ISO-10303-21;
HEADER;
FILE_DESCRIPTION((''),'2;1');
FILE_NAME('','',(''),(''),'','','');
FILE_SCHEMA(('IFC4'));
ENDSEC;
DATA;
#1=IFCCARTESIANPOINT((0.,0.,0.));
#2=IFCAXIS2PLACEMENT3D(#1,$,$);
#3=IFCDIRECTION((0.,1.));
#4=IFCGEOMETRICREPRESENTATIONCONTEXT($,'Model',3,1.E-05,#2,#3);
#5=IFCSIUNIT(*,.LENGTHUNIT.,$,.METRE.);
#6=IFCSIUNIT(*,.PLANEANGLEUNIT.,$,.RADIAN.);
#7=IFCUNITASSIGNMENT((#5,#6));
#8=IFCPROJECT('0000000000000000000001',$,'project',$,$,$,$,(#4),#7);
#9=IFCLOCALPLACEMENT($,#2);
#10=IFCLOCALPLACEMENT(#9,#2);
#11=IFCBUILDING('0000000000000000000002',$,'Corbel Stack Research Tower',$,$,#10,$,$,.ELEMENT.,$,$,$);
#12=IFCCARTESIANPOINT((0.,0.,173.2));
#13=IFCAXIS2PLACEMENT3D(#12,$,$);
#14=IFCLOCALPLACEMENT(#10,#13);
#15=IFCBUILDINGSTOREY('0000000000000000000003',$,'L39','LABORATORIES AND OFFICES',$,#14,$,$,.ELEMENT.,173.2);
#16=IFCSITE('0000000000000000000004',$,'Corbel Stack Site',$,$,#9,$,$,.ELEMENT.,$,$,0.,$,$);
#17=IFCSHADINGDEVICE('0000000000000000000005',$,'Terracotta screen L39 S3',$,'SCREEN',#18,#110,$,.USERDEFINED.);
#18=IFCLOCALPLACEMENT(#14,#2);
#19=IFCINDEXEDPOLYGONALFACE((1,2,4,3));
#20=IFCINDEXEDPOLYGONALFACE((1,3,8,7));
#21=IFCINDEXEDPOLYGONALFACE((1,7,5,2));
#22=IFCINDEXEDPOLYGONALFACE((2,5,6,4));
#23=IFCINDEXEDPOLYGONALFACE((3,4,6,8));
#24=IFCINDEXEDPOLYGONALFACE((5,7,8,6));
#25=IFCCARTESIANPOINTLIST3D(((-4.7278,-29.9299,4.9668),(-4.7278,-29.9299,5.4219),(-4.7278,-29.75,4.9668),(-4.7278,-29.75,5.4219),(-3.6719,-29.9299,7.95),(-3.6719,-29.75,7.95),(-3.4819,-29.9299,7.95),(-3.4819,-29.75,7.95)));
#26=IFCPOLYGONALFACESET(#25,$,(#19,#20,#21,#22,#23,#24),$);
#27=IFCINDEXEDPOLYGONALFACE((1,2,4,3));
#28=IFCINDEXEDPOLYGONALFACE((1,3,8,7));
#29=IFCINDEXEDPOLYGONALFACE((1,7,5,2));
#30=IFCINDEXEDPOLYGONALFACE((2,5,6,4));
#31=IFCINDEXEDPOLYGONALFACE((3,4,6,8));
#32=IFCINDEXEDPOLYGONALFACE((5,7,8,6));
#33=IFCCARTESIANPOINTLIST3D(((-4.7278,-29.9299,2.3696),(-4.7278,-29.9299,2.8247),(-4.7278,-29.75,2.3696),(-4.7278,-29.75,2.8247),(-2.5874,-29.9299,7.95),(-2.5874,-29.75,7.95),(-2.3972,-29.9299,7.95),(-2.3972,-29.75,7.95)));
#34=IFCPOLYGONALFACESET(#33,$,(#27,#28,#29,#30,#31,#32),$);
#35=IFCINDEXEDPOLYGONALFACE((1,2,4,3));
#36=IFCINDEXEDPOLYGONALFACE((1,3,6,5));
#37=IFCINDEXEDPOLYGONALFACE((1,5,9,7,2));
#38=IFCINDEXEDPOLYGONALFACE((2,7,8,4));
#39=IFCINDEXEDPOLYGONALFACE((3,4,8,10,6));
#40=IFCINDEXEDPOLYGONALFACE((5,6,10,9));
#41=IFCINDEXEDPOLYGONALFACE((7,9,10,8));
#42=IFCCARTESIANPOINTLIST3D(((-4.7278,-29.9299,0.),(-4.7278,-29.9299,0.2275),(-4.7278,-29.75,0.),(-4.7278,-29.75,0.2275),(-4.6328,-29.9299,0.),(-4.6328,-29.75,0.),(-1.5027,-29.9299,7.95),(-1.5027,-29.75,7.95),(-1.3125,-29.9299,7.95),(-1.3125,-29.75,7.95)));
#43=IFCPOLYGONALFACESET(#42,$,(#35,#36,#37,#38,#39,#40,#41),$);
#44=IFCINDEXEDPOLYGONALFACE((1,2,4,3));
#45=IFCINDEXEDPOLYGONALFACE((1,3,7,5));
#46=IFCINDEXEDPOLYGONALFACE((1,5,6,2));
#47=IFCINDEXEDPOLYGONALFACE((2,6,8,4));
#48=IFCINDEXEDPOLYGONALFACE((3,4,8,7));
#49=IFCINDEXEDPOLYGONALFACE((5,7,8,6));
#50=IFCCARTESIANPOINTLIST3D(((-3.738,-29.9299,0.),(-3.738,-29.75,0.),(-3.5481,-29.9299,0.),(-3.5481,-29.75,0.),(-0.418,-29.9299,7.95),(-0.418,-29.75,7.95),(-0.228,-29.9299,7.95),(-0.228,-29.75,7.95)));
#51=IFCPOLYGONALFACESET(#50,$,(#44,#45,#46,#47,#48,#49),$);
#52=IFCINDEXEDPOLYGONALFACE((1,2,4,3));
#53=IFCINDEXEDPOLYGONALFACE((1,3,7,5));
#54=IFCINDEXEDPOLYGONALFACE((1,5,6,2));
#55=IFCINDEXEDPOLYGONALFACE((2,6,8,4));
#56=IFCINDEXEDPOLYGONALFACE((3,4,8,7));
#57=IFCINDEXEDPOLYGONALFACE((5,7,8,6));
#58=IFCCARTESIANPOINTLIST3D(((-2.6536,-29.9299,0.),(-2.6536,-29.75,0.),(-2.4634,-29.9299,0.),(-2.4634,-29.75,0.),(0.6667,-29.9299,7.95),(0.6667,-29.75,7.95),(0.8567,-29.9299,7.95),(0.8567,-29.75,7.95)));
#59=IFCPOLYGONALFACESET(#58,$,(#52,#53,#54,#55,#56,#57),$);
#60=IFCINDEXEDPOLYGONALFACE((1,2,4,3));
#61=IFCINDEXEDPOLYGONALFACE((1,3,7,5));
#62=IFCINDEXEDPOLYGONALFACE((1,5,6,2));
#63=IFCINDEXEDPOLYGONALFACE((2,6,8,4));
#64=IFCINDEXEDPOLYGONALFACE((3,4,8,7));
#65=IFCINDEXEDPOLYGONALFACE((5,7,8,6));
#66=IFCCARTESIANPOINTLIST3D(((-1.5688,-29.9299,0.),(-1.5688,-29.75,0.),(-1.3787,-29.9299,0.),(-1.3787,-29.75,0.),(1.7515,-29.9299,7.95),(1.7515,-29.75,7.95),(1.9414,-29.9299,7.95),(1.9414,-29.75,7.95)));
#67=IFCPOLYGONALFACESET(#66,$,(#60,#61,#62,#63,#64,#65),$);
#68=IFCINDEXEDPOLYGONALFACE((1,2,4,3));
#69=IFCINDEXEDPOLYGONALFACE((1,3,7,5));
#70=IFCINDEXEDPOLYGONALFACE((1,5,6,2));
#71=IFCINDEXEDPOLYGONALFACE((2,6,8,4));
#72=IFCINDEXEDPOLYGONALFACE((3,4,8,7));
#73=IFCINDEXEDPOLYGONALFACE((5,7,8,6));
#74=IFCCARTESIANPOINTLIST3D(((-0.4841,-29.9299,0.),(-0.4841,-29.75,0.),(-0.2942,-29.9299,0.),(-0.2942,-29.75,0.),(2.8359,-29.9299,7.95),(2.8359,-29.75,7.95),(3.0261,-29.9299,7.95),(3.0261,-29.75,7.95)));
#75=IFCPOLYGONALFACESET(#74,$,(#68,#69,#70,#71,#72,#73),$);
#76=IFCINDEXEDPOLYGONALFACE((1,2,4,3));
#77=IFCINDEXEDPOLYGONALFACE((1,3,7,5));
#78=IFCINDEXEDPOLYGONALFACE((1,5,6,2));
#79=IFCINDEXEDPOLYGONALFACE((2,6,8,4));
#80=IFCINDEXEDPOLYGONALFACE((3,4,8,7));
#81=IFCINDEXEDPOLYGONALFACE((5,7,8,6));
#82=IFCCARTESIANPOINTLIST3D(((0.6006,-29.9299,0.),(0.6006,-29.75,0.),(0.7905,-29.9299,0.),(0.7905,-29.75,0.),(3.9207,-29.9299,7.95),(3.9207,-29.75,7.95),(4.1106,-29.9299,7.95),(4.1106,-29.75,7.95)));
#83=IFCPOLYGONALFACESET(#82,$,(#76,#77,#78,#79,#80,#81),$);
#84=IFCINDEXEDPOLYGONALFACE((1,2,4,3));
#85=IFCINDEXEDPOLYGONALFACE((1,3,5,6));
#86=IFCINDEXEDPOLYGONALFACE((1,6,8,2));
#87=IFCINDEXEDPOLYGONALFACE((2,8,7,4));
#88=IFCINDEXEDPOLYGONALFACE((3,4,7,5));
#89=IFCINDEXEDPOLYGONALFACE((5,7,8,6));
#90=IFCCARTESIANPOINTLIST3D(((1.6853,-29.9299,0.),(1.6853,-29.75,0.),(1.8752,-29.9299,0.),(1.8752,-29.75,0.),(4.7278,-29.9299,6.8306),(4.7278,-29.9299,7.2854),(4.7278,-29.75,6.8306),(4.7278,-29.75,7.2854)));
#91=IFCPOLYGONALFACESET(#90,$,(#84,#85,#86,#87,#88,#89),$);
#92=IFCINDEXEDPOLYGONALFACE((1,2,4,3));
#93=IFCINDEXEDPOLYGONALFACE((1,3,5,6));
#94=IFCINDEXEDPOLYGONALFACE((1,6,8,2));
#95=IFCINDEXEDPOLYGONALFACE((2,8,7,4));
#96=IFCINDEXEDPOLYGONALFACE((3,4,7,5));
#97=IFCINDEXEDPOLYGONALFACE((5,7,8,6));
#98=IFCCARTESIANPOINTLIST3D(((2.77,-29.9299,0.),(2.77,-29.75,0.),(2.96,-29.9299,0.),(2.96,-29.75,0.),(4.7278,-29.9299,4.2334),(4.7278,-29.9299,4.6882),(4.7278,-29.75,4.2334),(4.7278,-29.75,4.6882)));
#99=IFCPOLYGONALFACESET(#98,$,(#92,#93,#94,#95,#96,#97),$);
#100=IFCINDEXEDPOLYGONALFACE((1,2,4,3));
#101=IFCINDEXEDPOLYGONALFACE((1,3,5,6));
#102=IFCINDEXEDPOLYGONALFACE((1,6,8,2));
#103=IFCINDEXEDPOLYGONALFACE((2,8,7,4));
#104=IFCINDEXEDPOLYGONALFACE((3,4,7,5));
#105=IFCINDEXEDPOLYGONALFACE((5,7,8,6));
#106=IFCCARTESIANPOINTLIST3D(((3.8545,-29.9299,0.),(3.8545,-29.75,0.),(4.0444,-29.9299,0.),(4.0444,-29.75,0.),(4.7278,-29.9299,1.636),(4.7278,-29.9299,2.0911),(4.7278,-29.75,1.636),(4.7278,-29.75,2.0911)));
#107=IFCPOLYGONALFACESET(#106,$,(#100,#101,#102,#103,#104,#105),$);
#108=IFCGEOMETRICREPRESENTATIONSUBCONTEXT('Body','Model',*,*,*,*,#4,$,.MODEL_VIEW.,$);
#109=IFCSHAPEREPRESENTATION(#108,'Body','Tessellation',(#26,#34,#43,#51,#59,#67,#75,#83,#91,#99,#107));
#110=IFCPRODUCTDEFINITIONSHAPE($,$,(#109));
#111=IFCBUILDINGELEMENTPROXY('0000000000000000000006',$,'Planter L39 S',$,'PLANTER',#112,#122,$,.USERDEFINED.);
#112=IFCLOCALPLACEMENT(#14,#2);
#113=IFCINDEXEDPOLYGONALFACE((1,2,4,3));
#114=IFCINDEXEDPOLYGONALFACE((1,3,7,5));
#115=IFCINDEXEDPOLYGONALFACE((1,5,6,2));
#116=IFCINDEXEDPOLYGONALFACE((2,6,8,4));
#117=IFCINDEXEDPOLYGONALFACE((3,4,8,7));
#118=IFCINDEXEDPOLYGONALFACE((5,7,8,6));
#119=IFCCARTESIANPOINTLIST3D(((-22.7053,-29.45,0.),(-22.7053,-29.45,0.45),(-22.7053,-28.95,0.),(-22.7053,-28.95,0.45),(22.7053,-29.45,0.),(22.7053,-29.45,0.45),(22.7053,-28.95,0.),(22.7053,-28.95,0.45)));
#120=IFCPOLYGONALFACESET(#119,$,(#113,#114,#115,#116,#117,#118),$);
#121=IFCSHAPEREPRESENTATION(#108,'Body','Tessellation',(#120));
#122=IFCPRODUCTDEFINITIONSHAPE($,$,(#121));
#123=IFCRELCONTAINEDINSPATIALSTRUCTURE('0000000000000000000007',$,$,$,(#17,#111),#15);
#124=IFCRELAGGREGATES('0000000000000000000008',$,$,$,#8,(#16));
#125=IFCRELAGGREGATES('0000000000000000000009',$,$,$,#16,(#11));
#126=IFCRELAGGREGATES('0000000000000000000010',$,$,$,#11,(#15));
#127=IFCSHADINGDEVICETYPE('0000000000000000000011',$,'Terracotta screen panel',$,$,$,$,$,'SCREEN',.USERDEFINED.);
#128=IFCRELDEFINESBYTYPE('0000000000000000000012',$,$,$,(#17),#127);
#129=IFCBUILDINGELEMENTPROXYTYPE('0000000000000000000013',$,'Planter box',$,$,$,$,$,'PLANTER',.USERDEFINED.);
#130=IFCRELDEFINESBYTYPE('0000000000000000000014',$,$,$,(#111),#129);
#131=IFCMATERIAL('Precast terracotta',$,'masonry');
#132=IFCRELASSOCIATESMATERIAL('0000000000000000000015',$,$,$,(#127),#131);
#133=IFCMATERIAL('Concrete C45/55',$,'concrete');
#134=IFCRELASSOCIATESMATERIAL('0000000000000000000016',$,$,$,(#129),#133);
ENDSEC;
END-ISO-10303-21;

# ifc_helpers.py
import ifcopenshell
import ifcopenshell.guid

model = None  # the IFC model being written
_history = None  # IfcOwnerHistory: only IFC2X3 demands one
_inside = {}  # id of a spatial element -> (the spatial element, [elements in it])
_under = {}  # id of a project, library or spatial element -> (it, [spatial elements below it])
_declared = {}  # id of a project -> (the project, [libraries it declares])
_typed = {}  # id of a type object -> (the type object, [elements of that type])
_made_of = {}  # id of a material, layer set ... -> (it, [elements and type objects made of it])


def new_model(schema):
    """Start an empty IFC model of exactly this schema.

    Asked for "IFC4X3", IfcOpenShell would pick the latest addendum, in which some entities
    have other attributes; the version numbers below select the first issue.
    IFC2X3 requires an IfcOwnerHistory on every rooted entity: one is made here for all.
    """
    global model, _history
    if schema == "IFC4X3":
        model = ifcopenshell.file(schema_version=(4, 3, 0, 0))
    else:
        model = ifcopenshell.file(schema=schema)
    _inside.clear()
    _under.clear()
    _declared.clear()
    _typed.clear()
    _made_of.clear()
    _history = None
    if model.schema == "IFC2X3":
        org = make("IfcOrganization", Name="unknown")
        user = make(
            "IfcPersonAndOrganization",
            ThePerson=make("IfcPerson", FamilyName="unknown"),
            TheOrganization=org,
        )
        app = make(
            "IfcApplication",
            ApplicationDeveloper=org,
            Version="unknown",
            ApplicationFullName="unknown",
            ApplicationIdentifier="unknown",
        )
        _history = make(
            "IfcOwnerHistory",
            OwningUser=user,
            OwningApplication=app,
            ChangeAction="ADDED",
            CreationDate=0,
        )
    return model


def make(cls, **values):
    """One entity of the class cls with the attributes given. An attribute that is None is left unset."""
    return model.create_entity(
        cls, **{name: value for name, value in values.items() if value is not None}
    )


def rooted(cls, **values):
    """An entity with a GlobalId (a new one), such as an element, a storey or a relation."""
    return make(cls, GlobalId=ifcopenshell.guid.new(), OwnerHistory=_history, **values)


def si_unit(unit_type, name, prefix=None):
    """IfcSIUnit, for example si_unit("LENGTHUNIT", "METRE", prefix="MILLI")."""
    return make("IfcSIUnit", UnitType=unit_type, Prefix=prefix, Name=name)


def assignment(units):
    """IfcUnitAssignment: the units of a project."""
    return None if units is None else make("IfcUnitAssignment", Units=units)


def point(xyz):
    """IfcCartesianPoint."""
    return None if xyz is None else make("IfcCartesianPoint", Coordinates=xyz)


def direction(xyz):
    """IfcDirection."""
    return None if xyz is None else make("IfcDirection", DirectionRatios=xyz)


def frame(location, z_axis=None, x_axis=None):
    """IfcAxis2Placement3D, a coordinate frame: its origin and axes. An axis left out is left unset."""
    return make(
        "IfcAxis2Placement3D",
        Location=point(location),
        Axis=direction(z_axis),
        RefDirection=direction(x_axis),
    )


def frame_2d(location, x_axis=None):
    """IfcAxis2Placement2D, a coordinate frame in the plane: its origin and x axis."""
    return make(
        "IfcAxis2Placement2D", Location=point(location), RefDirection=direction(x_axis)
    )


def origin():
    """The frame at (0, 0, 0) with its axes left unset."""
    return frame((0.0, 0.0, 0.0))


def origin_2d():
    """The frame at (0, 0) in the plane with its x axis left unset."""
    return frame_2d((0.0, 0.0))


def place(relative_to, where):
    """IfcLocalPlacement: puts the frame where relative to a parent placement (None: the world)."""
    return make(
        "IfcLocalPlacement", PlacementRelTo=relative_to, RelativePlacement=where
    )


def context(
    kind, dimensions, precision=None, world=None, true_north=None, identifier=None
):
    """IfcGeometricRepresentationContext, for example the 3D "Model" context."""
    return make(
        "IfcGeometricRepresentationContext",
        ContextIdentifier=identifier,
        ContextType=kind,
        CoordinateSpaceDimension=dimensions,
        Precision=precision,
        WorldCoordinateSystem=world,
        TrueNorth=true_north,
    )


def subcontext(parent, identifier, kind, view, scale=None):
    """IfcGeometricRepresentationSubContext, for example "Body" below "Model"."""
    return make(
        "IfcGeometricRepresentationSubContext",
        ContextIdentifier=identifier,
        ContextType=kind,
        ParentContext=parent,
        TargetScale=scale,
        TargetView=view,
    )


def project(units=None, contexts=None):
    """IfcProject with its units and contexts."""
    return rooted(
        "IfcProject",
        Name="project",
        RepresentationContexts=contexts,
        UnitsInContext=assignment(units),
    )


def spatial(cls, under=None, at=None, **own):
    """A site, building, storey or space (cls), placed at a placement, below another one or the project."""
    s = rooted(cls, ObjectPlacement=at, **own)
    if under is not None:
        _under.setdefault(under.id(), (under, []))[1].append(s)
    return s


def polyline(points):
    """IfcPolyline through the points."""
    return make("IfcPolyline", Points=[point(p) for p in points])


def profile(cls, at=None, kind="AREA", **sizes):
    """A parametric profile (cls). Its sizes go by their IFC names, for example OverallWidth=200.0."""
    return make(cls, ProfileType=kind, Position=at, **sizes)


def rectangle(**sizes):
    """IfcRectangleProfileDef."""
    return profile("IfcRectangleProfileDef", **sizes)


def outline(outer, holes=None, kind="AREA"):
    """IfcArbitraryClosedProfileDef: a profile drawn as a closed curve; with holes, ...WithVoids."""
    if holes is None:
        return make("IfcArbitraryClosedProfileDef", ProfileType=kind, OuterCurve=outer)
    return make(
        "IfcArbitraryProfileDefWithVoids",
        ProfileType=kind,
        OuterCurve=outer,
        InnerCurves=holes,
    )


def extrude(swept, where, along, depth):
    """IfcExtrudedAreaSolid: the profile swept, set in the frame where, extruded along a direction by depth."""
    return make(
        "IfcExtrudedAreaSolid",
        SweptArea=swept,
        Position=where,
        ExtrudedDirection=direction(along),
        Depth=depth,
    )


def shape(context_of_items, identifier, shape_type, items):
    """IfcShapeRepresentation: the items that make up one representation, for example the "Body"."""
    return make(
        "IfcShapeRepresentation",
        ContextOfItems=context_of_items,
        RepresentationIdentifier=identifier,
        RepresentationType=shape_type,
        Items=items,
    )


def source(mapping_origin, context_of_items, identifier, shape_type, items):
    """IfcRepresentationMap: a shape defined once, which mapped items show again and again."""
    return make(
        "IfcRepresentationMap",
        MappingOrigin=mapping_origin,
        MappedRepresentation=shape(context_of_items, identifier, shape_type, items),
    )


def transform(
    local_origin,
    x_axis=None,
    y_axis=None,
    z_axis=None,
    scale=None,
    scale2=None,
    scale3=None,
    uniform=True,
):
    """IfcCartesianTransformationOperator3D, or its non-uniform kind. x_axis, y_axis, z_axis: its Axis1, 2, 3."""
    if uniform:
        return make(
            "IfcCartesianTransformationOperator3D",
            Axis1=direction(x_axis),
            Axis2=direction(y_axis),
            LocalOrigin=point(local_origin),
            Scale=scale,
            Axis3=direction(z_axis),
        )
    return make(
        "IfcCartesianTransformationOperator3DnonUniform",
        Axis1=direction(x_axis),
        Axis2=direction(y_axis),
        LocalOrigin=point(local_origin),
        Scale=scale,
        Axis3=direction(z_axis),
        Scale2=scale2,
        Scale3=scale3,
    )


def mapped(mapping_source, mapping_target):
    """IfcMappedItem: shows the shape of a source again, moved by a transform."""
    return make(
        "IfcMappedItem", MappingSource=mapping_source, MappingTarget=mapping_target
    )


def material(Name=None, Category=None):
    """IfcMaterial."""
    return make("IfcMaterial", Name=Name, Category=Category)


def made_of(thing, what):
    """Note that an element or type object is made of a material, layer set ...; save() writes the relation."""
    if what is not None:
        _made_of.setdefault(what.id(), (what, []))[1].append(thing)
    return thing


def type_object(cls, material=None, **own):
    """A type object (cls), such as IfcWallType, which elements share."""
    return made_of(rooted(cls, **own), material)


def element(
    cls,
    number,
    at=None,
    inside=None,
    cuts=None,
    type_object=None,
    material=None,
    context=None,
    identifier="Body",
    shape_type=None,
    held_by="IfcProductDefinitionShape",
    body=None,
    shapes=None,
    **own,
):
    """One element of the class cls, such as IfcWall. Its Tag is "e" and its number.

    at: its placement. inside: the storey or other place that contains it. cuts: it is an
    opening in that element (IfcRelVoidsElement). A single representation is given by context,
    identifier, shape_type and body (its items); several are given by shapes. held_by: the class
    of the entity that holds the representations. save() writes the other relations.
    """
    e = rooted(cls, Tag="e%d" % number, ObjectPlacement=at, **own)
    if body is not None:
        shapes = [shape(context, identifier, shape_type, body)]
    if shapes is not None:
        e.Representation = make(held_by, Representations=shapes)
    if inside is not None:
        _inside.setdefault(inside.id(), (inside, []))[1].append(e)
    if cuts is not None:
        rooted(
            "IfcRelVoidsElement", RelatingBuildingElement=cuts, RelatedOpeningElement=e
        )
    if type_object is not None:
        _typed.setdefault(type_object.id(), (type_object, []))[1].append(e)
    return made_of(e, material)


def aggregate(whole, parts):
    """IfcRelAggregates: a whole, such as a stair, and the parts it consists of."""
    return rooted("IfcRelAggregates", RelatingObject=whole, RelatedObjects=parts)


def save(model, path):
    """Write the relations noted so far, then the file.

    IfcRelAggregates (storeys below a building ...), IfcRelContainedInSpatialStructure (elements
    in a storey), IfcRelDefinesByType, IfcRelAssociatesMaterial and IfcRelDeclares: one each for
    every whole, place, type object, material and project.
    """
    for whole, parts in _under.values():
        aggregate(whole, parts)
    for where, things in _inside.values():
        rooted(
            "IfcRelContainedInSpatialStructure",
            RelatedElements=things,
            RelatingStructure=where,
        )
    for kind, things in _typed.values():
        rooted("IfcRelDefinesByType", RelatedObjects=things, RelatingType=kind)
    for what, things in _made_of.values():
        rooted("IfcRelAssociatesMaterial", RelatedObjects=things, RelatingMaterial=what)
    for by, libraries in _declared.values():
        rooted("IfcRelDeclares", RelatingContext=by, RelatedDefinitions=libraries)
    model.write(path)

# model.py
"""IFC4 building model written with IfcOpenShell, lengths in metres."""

from ifc_helpers import new_model, si_unit, direction, frame, origin, origin_2d, place, context, subcontext, project, spatial, polyline, rectangle, outline, extrude, source, transform, mapped, material, type_object, element, save


model = new_model("IFC4")

# Units and contexts
model_context = context("Model", 3, precision=1e-05, world=origin(), true_north=direction((0.0, 1.0)))
body_context = subcontext(model_context, "Body", "Model", "MODEL_VIEW")
ifc_project = project(units=[si_unit("LENGTHUNIT", "METRE"), si_unit("PLANEANGLEUNIT", "RADIAN")], contexts=[model_context])

# Site, building, storey
site_placement = place(None, origin())
site = spatial("IfcSite", under=ifc_project, at=site_placement, Name="Corbel Stack Site", CompositionType="ELEMENT", RefElevation=0.0)
building_placement = place(site_placement, origin())
building = spatial("IfcBuilding", under=site, at=building_placement, Name="Corbel Stack Research Tower", CompositionType="ELEMENT")
storey_placement = place(building_placement, frame((0.0, 0.0, 173.2)))
storey = spatial("IfcBuildingStorey", under=building, at=storey_placement, Name="L39", Description="LABORATORIES AND OFFICES", CompositionType="ELEMENT", Elevation=173.2)

# Shading device
ifc_material_1 = material(Name="Precast terracotta", Category="masonry")
shading_device_type = type_object("IfcShadingDeviceType", Name="Terracotta screen panel", ElementType="SCREEN", PredefinedType="USERDEFINED", material=ifc_material_1)
shared_shape = source(origin(), body_context, "Body", "SweptSolid", [
    extrude(outline(polyline([(1.2458, 7.95), (1.0559, 7.95), (0.0, 5.4219), (0.0, 4.9668), (1.2458, 7.95)])), frame((0.0, 0.0, 0.0), z_axis=(0.0, -1.0, 0.0), x_axis=(1.0, 0.0, 0.0)), (0.0, 0.0, 1.0), 0.1799),
    extrude(outline(polyline([(2.3306, 7.95), (2.1404, 7.95), (0.0, 2.8247), (0.0, 2.3696), (2.3306, 7.95)])), frame((0.0, 0.0, 0.0), z_axis=(0.0, -1.0, 0.0), x_axis=(1.0, 0.0, 0.0)), (0.0, 0.0, 1.0), 0.1799),
    extrude(outline(polyline([(0.095, 0.0), (3.4153, 7.95), (3.2251, 7.95), (0.0, 0.2275), (0.0, 0.0), (0.095, 0.0)])), frame((0.0, 0.0, 0.0), z_axis=(0.0, -1.0, 0.0), x_axis=(1.0, 0.0, 0.0)), (0.0, 0.0, 1.0), 0.1799),
    extrude(outline(polyline([(1.1797, 0.0), (4.4998, 7.95), (4.3098, 7.95), (0.9897, 0.0), (1.1797, 0.0)])), frame((0.0, 0.0, 0.0), z_axis=(0.0, -1.0, 0.0), x_axis=(1.0, 0.0, 0.0)), (0.0, 0.0, 1.0), 0.1799),
    extrude(outline(polyline([(2.2644, 0.0), (5.5845, 7.95), (5.3945, 7.95), (2.0742, 0.0), (2.2644, 0.0)])), frame((0.0, 0.0, 0.0), z_axis=(0.0, -1.0, 0.0), x_axis=(1.0, 0.0, 0.0)), (0.0, 0.0, 1.0), 0.1799),
    extrude(outline(polyline([(3.3491, 0.0), (6.6692, 7.95), (6.4792, 7.95), (3.1589, 0.0), (3.3491, 0.0)])), frame((0.0, 0.0, 0.0), z_axis=(0.0, -1.0, 0.0), x_axis=(1.0, 0.0, 0.0)), (0.0, 0.0, 1.0), 0.1799),
    extrude(outline(polyline([(4.4336, 0.0), (7.7539, 7.95), (7.5637, 7.95), (4.2437, 0.0), (4.4336, 0.0)])), frame((0.0, 0.0, 0.0), z_axis=(0.0, -1.0, 0.0), x_axis=(1.0, 0.0, 0.0)), (0.0, 0.0, 1.0), 0.1799),
    extrude(outline(polyline([(5.5183, 0.0), (8.8384, 7.95), (8.6484, 7.95), (5.3284, 0.0), (5.5183, 0.0)])), frame((0.0, 0.0, 0.0), z_axis=(0.0, -1.0, 0.0), x_axis=(1.0, 0.0, 0.0)), (0.0, 0.0, 1.0), 0.1799),
    extrude(outline(polyline([(6.603, 0.0), (9.4556, 6.8306), (9.4556, 7.2854), (6.4131, 0.0), (6.603, 0.0)])), frame((0.0, 0.0, 0.0), z_axis=(0.0, -1.0, 0.0), x_axis=(1.0, 0.0, 0.0)), (0.0, 0.0, 1.0), 0.1799),
    extrude(outline(polyline([(7.6877, 0.0), (9.4556, 4.2334), (9.4556, 4.6882), (7.4978, 0.0), (7.6877, 0.0)])), frame((0.0, 0.0, 0.0), z_axis=(0.0, -1.0, 0.0), x_axis=(1.0, 0.0, 0.0)), (0.0, 0.0, 1.0), 0.1799),
    extrude(outline(polyline([(8.7722, 0.0), (9.4556, 1.636), (9.4556, 2.0911), (8.5823, 0.0), (8.7722, 0.0)])), frame((0.0, 0.0, 0.0), z_axis=(0.0, -1.0, 0.0), x_axis=(1.0, 0.0, 0.0)), (0.0, 0.0, 1.0), 0.1799),
])
shading_device_placement = place(storey_placement, frame((-4.7278, -29.75, 0.0), z_axis=(0.0, 0.0, 1.0), x_axis=(1.0, 0.0, 0.0)))
element("IfcShadingDevice", 1, at=shading_device_placement, inside=storey, type_object=shading_device_type, Name="Terracotta screen L39 S3", ObjectType="SCREEN", PredefinedType="USERDEFINED", context=body_context, shape_type="MappedRepresentation", body=[
    mapped(shared_shape, transform((0.0, 0.0, 0.0))),
])

# Building element proxy
ifc_material_2 = material(Name="Concrete C45/55", Category="concrete")
building_element_proxy_type = type_object("IfcBuildingElementProxyType", Name="Planter box", ElementType="PLANTER", PredefinedType="USERDEFINED", material=ifc_material_2)
proxy_placement = place(storey_placement, frame((0.0, -29.2, 0.0), z_axis=(0.0, 0.0, 1.0), x_axis=(1.0, 0.0, 0.0)))
element("IfcBuildingElementProxy", 2, at=proxy_placement, inside=storey, type_object=building_element_proxy_type, Name="Planter L39 S", ObjectType="PLANTER", PredefinedType="USERDEFINED", context=body_context, shape_type="SweptSolid", body=[
    extrude(rectangle(XDim=45.4106, YDim=0.5, at=origin_2d()), origin(), (0.0, 0.0, 1.0), 0.45),
])

save(model, "model.ifc")
